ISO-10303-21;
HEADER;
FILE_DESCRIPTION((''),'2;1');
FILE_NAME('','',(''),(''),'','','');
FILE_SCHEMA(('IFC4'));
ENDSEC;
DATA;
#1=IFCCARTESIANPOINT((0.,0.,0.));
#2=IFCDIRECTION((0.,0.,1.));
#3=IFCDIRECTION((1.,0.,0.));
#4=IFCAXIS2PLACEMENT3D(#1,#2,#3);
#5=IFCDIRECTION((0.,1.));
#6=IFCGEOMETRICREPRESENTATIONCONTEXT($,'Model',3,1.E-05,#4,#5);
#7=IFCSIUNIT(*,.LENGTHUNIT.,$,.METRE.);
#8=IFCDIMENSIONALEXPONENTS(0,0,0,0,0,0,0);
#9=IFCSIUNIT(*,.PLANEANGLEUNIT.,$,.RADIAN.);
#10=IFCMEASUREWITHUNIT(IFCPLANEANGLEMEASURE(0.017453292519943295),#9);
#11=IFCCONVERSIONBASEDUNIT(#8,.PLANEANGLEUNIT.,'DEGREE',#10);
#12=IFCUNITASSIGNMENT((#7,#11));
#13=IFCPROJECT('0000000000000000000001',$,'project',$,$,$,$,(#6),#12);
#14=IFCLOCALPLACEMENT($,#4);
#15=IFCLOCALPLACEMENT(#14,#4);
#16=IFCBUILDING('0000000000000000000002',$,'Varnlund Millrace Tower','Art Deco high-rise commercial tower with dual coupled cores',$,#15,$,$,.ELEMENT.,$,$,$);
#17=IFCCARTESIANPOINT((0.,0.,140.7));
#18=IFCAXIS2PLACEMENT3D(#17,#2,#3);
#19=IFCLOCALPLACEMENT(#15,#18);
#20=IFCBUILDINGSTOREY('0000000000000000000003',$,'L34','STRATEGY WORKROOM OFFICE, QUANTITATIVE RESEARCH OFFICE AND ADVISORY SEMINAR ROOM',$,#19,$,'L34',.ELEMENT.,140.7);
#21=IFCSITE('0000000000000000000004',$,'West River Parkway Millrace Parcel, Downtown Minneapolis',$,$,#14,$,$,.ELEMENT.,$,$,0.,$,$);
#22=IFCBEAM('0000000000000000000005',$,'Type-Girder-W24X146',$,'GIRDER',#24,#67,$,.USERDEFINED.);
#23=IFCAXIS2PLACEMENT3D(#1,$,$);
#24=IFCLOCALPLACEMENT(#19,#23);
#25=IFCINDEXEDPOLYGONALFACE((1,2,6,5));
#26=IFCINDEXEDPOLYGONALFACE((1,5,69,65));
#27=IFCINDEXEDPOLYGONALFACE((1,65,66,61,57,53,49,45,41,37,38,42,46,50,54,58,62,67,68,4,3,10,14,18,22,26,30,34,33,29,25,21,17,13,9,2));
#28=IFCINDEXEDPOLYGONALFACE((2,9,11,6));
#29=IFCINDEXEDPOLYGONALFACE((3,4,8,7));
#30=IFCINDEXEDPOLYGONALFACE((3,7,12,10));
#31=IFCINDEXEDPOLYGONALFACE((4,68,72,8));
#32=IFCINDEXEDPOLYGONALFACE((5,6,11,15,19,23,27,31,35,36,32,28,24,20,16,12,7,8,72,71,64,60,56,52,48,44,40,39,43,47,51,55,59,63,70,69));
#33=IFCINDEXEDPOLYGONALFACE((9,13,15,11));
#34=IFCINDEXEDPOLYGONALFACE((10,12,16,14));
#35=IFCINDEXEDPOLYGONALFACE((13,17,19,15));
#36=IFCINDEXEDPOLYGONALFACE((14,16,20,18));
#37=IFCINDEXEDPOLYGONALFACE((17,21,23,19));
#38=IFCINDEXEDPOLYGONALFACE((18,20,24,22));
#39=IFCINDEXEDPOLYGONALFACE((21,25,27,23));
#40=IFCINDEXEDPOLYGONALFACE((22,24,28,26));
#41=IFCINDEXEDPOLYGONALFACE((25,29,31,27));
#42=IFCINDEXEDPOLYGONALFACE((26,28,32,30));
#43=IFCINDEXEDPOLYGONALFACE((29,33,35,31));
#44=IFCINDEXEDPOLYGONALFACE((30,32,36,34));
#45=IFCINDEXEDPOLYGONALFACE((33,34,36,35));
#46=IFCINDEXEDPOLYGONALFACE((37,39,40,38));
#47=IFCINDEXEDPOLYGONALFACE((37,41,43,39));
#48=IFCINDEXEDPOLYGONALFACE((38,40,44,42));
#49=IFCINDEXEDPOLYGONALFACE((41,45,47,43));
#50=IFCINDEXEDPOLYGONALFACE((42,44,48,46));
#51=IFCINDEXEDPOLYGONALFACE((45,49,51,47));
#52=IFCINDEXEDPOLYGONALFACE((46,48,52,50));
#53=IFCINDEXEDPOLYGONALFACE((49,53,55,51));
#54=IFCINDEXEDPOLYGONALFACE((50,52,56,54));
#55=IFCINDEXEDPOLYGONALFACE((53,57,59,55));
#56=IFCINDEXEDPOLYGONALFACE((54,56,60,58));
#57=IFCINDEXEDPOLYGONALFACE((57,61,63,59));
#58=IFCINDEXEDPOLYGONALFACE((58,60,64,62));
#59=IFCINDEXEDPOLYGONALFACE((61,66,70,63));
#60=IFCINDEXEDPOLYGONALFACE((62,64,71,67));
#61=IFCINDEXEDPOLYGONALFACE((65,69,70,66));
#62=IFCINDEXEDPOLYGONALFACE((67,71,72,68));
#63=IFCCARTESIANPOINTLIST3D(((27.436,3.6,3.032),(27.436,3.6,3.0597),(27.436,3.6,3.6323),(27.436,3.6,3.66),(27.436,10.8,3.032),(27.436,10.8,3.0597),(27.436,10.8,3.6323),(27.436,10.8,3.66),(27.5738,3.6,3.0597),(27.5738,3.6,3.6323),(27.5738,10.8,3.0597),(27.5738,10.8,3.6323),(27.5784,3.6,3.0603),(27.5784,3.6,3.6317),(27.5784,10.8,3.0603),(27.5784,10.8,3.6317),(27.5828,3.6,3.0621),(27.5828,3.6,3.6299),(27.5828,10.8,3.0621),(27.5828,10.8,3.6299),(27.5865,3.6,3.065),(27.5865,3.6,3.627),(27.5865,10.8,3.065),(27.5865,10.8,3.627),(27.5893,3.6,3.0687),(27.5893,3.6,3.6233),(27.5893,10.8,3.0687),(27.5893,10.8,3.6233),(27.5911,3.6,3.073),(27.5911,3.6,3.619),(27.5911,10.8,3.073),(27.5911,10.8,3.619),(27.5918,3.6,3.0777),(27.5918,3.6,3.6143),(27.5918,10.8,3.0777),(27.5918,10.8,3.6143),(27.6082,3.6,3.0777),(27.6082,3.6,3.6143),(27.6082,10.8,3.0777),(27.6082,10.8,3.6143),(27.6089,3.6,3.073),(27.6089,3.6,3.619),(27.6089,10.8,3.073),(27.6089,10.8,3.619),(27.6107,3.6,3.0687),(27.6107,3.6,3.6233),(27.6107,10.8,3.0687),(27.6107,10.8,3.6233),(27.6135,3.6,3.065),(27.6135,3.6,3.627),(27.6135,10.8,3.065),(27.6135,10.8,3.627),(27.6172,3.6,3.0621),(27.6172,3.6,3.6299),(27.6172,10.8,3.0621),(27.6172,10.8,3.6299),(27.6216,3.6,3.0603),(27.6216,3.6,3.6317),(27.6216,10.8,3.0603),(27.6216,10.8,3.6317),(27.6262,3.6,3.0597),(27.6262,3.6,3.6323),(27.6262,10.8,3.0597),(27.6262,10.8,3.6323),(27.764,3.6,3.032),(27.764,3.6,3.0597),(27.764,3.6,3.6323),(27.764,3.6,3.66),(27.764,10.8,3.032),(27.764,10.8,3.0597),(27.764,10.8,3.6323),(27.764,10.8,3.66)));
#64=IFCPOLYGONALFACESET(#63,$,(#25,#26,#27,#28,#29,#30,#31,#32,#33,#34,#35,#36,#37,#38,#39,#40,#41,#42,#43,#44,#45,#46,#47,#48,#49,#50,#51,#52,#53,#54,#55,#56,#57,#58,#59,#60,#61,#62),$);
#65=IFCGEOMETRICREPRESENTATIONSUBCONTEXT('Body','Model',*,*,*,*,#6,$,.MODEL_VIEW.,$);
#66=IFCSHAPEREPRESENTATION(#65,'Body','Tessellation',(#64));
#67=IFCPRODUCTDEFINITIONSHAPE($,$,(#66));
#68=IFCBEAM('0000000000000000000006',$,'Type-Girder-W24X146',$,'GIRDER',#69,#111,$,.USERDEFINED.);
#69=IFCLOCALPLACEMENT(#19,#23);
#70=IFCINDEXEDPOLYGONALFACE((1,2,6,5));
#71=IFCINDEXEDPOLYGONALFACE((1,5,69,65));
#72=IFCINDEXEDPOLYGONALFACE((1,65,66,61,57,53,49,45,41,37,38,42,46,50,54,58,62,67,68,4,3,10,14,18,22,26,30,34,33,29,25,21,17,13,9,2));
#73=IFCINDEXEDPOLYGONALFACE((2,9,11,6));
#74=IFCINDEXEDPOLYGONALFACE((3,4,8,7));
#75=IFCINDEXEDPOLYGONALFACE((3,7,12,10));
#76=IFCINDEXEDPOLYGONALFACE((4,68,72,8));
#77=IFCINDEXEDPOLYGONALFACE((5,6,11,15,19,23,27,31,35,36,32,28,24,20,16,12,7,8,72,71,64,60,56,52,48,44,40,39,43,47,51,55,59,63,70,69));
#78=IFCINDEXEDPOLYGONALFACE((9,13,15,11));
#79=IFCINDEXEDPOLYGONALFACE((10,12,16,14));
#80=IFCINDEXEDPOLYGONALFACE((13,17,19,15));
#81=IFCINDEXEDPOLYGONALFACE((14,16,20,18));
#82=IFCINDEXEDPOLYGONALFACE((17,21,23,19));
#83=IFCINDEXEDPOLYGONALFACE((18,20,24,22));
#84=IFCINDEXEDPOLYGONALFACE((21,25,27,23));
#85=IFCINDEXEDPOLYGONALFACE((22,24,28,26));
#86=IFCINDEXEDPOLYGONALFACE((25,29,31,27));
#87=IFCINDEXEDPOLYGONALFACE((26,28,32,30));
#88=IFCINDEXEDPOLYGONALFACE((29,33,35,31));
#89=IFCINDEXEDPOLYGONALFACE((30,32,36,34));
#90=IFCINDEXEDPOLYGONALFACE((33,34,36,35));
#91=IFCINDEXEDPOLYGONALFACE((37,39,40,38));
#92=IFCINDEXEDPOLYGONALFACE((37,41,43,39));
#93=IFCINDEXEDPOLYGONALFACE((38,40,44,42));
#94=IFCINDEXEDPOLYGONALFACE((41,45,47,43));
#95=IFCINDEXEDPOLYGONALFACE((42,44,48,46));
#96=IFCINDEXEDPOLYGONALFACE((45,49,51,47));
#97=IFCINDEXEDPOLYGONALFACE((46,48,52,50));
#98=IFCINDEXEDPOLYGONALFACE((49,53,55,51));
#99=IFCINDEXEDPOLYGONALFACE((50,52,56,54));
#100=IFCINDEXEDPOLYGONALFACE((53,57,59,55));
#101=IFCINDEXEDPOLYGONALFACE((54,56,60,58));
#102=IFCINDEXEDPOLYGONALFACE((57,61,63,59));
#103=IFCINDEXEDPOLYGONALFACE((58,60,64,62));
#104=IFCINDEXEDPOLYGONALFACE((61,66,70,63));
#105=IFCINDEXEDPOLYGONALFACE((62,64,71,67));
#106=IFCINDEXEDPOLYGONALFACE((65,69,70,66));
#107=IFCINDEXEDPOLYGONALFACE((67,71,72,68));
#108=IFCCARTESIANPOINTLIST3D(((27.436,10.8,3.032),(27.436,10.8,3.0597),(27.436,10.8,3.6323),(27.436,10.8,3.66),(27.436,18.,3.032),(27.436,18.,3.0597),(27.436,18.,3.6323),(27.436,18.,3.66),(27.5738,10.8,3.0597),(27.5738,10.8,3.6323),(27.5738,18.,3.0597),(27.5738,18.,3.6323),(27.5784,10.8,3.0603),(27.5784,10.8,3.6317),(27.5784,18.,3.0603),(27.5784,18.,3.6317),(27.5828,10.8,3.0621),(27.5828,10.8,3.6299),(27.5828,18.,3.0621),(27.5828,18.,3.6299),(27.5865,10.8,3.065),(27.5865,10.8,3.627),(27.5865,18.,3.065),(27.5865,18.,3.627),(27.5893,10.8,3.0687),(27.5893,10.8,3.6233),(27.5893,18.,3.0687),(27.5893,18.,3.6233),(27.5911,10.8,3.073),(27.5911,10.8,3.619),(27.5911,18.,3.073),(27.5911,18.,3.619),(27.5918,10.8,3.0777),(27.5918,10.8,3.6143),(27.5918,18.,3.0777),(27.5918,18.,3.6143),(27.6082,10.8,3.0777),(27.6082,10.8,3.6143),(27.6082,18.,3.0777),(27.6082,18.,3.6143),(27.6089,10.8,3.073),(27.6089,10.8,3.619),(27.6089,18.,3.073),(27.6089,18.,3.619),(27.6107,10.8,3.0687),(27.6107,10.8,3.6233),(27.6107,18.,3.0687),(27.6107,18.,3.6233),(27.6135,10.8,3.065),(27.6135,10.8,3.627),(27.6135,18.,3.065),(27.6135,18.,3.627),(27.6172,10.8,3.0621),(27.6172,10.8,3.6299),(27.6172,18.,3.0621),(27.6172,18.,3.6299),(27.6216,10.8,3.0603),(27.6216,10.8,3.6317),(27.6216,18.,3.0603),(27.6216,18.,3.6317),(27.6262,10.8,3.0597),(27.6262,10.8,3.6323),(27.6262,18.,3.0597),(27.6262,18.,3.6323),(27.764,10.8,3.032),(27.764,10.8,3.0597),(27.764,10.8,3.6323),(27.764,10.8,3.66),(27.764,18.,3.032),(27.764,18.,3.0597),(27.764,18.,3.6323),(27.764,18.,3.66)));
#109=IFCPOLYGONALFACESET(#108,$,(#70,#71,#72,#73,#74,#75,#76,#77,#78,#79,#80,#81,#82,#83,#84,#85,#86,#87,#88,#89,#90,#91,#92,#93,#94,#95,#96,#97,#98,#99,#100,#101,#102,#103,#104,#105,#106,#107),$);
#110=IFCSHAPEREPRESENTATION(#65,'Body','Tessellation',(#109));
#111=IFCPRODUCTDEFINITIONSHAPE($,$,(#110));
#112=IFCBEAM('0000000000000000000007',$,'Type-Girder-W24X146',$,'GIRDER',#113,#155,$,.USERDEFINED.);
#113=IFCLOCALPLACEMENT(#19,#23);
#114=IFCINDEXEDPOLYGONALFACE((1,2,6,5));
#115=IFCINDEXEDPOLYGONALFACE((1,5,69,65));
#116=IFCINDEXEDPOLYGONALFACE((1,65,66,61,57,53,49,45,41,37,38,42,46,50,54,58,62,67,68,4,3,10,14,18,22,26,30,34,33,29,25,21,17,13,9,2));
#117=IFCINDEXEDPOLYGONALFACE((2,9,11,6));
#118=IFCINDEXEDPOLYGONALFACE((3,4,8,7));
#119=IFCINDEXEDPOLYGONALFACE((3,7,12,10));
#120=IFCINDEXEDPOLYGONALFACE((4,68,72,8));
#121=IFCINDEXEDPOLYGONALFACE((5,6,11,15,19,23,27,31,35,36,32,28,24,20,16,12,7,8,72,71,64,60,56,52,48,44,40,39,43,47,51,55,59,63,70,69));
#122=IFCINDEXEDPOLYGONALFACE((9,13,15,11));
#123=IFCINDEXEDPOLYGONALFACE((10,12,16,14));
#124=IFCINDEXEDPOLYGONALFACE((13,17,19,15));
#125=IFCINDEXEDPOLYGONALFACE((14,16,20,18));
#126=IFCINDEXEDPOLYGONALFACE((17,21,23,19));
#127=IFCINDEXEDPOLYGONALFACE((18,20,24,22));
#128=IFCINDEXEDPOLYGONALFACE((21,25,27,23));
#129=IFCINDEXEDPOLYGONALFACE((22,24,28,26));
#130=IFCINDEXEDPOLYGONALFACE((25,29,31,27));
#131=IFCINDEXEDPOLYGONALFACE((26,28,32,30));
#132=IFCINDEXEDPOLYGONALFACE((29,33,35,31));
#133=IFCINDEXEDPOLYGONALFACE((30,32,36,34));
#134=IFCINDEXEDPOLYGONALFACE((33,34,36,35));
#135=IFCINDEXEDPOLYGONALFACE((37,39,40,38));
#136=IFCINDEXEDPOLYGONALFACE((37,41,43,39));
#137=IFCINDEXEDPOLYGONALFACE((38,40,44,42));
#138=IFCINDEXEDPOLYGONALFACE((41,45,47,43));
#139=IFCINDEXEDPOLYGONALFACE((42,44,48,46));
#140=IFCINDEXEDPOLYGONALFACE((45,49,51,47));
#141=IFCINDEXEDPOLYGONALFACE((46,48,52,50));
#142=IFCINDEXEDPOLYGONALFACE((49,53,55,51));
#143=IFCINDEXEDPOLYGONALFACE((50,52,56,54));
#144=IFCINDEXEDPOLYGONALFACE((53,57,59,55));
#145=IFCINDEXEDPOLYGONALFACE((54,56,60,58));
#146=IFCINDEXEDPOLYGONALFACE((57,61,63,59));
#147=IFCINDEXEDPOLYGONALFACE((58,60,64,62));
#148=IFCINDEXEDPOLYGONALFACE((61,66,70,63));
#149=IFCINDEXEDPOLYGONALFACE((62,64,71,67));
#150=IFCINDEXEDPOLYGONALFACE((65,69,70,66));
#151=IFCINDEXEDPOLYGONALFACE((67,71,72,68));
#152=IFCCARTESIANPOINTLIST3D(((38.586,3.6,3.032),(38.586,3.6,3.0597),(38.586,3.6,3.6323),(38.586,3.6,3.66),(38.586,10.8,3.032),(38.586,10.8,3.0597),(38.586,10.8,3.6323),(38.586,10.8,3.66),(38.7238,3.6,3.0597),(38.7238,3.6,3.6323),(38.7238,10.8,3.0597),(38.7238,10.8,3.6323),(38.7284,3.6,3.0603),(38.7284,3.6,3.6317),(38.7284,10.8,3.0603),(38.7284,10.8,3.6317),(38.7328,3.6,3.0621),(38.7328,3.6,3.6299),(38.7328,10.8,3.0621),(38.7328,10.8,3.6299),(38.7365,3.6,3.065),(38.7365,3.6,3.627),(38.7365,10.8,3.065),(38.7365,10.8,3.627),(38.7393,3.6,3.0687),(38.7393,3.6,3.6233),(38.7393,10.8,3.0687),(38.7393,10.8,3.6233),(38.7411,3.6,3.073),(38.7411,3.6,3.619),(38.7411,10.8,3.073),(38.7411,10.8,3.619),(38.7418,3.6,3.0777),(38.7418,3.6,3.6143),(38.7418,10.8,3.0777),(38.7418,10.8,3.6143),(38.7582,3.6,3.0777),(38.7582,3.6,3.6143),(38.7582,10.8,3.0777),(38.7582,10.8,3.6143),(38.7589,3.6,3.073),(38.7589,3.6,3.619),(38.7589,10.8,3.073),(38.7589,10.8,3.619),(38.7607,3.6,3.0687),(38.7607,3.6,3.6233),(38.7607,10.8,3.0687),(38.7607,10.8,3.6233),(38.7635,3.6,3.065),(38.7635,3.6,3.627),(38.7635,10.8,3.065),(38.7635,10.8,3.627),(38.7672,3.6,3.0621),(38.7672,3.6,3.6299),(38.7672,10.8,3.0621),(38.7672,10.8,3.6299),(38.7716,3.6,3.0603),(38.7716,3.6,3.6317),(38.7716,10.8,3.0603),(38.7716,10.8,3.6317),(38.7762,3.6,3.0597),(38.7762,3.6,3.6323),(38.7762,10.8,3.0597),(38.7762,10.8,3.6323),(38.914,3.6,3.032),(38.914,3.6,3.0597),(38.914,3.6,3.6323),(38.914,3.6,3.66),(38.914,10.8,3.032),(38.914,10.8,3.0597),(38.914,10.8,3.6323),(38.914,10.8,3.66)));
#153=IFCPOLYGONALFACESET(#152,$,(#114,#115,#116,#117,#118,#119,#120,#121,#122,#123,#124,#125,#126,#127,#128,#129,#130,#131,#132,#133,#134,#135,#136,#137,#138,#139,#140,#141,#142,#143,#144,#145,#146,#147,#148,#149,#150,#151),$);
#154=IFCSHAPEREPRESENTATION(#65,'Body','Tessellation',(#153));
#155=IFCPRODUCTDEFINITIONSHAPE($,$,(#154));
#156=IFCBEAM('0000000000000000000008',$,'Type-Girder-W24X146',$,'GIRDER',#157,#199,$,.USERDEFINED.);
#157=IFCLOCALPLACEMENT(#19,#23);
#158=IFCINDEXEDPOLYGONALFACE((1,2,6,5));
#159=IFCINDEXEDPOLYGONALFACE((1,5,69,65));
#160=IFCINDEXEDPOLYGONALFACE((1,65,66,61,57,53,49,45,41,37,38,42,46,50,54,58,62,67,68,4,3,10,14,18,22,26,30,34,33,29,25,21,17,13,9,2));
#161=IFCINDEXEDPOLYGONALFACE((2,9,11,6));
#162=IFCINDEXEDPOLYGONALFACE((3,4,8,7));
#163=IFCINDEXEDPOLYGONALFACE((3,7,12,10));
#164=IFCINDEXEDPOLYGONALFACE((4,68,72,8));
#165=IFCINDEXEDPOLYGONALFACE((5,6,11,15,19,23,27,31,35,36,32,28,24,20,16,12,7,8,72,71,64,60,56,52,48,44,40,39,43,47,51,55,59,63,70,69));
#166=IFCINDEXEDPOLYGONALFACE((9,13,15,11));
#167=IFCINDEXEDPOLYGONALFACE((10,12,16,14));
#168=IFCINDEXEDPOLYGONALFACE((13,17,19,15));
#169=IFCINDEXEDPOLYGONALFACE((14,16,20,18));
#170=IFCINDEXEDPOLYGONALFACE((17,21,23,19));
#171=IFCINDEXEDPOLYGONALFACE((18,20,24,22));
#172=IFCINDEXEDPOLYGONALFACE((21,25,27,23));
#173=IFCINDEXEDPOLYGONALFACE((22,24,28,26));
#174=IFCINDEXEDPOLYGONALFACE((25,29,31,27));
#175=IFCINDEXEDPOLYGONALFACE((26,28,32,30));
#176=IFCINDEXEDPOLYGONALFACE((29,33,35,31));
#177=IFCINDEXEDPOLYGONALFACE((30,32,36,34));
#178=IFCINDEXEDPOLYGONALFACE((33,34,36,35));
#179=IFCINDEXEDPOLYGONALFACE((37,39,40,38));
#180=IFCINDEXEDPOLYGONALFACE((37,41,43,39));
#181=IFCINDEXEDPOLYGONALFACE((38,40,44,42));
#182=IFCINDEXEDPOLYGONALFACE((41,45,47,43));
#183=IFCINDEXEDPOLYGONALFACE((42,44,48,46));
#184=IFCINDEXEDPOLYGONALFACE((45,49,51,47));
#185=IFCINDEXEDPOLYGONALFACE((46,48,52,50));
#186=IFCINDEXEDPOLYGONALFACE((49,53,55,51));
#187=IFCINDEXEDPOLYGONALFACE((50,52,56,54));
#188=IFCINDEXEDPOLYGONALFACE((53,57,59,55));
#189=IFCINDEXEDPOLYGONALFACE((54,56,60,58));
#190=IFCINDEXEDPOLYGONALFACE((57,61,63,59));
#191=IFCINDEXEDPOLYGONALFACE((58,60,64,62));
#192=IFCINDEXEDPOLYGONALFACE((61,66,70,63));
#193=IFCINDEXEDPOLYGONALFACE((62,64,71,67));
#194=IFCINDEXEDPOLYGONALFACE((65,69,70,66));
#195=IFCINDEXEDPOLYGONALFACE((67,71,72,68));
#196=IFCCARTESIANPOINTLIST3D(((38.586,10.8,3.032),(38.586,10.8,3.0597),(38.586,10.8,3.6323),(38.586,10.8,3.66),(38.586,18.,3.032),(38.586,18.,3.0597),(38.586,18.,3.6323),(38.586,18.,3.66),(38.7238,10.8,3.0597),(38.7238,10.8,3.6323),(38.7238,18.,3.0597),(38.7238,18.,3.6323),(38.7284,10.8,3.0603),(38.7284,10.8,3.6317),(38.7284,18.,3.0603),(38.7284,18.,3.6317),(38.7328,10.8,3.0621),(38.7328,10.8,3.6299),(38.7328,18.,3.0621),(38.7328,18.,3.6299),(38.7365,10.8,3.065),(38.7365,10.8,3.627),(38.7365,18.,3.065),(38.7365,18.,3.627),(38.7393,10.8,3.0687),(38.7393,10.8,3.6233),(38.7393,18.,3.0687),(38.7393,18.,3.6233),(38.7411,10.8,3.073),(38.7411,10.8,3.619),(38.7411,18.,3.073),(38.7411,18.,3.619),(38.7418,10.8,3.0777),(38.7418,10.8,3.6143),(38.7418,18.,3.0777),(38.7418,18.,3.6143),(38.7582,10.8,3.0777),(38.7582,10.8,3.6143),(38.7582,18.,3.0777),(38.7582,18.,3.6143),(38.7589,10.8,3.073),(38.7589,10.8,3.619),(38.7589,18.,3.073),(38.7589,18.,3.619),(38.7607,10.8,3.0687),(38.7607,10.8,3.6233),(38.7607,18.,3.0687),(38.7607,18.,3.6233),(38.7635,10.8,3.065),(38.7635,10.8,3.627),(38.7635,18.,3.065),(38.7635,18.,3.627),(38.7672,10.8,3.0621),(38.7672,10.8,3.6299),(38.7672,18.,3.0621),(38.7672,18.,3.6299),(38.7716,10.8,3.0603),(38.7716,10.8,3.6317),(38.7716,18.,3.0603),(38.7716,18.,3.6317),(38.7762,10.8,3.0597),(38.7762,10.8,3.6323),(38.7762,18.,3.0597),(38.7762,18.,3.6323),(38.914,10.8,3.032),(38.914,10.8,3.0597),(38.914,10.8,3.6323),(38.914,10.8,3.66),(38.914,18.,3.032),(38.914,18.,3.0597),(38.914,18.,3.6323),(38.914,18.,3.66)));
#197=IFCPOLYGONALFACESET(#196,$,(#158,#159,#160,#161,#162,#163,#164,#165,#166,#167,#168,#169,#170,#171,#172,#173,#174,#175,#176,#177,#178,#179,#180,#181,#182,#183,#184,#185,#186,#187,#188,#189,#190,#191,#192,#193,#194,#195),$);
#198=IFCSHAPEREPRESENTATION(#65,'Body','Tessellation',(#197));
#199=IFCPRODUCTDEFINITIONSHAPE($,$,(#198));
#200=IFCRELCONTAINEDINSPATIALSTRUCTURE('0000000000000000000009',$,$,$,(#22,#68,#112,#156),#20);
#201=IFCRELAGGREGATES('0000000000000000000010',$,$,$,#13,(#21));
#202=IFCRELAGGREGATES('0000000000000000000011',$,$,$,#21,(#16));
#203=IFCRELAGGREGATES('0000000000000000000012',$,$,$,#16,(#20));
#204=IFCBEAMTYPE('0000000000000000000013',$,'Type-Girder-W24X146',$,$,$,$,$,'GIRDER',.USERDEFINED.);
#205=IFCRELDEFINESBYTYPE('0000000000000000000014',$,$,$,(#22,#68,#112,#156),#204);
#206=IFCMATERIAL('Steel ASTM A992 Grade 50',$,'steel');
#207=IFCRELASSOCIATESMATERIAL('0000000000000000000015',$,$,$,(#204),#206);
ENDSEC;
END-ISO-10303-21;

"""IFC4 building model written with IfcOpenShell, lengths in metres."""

from ifc_helpers import new_model, entity, si_unit, converted_unit, direction, frame, origin_with_axes, origin_2d_with_axis, place, context, subcontext, project, spatial, i_section, extrude, material, material_profile, profile_set, type_object, element, save


model = new_model("IFC4")

# Units and contexts
model_context = context("Model", 3, precision=1e-05, world=origin_with_axes(), true_north=direction((0.0, 1.0)))
body_context = subcontext(model_context, "Body", "Model", "MODEL_VIEW")
ifc_project = project(units=[si_unit("LENGTHUNIT", "METRE"), converted_unit("PLANEANGLEUNIT", "DEGREE", entity("IfcPlaneAngleMeasure", 0.017453292519943295), si_unit("PLANEANGLEUNIT", "RADIAN"), dimensions=[0, 0, 0, 0, 0, 0, 0])], contexts=[model_context])

# Site, building, storey
site_placement = place(None, origin_with_axes())
site = spatial("IfcSite", under=ifc_project, at=site_placement, Name="West River Parkway Millrace Parcel, Downtown Minneapolis", CompositionType="ELEMENT", RefElevation=0.0)
building_placement = place(site_placement, origin_with_axes())
building = spatial("IfcBuilding", under=site, at=building_placement, Name="Varnlund Millrace Tower", Description="Art Deco high-rise commercial tower with dual coupled cores", CompositionType="ELEMENT")
storey_placement = place(building_placement, frame((0.0, 0.0, 140.7), z_axis=(0.0, 0.0, 1.0), x_axis=(1.0, 0.0, 0.0)))
storey = spatial("IfcBuildingStorey", under=building, at=storey_placement, Name="L34", Description="STRATEGY WORKROOM OFFICE, QUANTITATIVE RESEARCH OFFICE AND ADVISORY SEMINAR ROOM", LongName="L34", CompositionType="ELEMENT", Elevation=140.7)

# Beams
ifc_material_1 = material(Name="Steel ASTM A992 Grade 50", Category="steel")
ifc_material_profile_1 = material_profile(ifc_material_1, i_section(OverallWidth=0.328, OverallDepth=0.628, WebThickness=0.0165, FlangeThickness=0.0277, FilletRadius=0.018, at=origin_2d_with_axis()), Name="Steel ASTM A992 Grade 50")
ifc_profile_set_1 = profile_set([ifc_material_profile_1], Name="Steel ASTM A992 Grade 50")
beam_type_1 = type_object("IfcBeamType", Name="Type-Girder-W24X146", ElementType="GIRDER", PredefinedType="USERDEFINED", material=ifc_profile_set_1)
for number, where, z_axis, x_axis, name in (
    (1, (27.6, 3.6, 3.346), (0.0, 1.0, 0.0), (-1.0, 0.0, 0.0), "Type-Girder-W24X146"),
    (2, (27.6, 10.8, 3.346), (0.0, 1.0, 0.0), (-1.0, 0.0, 0.0), "Type-Girder-W24X146"),
    (3, (38.75, 3.6, 3.346), (0.0, 1.0, 0.0), (-1.0, 0.0, 0.0), "Type-Girder-W24X146"),
    (4, (38.75, 10.8, 3.346), (0.0, 1.0, 0.0), (-1.0, 0.0, 0.0), "Type-Girder-W24X146"),
):
    element("IfcBeam", number, at=place(storey_placement, frame(where, z_axis=z_axis, x_axis=x_axis)), inside=storey, type_object=beam_type_1, Name=name, ObjectType="GIRDER", PredefinedType="USERDEFINED", context=body_context, shape_type="SweptSolid", body=[
        extrude(i_section(OverallWidth=0.328, OverallDepth=0.628, WebThickness=0.0165, FlangeThickness=0.0277, FilletRadius=0.018, at=origin_2d_with_axis()), origin_with_axes(), (0.0, 0.0, 1.0), 7.2),
    ])

save(model, "model.ifc")
